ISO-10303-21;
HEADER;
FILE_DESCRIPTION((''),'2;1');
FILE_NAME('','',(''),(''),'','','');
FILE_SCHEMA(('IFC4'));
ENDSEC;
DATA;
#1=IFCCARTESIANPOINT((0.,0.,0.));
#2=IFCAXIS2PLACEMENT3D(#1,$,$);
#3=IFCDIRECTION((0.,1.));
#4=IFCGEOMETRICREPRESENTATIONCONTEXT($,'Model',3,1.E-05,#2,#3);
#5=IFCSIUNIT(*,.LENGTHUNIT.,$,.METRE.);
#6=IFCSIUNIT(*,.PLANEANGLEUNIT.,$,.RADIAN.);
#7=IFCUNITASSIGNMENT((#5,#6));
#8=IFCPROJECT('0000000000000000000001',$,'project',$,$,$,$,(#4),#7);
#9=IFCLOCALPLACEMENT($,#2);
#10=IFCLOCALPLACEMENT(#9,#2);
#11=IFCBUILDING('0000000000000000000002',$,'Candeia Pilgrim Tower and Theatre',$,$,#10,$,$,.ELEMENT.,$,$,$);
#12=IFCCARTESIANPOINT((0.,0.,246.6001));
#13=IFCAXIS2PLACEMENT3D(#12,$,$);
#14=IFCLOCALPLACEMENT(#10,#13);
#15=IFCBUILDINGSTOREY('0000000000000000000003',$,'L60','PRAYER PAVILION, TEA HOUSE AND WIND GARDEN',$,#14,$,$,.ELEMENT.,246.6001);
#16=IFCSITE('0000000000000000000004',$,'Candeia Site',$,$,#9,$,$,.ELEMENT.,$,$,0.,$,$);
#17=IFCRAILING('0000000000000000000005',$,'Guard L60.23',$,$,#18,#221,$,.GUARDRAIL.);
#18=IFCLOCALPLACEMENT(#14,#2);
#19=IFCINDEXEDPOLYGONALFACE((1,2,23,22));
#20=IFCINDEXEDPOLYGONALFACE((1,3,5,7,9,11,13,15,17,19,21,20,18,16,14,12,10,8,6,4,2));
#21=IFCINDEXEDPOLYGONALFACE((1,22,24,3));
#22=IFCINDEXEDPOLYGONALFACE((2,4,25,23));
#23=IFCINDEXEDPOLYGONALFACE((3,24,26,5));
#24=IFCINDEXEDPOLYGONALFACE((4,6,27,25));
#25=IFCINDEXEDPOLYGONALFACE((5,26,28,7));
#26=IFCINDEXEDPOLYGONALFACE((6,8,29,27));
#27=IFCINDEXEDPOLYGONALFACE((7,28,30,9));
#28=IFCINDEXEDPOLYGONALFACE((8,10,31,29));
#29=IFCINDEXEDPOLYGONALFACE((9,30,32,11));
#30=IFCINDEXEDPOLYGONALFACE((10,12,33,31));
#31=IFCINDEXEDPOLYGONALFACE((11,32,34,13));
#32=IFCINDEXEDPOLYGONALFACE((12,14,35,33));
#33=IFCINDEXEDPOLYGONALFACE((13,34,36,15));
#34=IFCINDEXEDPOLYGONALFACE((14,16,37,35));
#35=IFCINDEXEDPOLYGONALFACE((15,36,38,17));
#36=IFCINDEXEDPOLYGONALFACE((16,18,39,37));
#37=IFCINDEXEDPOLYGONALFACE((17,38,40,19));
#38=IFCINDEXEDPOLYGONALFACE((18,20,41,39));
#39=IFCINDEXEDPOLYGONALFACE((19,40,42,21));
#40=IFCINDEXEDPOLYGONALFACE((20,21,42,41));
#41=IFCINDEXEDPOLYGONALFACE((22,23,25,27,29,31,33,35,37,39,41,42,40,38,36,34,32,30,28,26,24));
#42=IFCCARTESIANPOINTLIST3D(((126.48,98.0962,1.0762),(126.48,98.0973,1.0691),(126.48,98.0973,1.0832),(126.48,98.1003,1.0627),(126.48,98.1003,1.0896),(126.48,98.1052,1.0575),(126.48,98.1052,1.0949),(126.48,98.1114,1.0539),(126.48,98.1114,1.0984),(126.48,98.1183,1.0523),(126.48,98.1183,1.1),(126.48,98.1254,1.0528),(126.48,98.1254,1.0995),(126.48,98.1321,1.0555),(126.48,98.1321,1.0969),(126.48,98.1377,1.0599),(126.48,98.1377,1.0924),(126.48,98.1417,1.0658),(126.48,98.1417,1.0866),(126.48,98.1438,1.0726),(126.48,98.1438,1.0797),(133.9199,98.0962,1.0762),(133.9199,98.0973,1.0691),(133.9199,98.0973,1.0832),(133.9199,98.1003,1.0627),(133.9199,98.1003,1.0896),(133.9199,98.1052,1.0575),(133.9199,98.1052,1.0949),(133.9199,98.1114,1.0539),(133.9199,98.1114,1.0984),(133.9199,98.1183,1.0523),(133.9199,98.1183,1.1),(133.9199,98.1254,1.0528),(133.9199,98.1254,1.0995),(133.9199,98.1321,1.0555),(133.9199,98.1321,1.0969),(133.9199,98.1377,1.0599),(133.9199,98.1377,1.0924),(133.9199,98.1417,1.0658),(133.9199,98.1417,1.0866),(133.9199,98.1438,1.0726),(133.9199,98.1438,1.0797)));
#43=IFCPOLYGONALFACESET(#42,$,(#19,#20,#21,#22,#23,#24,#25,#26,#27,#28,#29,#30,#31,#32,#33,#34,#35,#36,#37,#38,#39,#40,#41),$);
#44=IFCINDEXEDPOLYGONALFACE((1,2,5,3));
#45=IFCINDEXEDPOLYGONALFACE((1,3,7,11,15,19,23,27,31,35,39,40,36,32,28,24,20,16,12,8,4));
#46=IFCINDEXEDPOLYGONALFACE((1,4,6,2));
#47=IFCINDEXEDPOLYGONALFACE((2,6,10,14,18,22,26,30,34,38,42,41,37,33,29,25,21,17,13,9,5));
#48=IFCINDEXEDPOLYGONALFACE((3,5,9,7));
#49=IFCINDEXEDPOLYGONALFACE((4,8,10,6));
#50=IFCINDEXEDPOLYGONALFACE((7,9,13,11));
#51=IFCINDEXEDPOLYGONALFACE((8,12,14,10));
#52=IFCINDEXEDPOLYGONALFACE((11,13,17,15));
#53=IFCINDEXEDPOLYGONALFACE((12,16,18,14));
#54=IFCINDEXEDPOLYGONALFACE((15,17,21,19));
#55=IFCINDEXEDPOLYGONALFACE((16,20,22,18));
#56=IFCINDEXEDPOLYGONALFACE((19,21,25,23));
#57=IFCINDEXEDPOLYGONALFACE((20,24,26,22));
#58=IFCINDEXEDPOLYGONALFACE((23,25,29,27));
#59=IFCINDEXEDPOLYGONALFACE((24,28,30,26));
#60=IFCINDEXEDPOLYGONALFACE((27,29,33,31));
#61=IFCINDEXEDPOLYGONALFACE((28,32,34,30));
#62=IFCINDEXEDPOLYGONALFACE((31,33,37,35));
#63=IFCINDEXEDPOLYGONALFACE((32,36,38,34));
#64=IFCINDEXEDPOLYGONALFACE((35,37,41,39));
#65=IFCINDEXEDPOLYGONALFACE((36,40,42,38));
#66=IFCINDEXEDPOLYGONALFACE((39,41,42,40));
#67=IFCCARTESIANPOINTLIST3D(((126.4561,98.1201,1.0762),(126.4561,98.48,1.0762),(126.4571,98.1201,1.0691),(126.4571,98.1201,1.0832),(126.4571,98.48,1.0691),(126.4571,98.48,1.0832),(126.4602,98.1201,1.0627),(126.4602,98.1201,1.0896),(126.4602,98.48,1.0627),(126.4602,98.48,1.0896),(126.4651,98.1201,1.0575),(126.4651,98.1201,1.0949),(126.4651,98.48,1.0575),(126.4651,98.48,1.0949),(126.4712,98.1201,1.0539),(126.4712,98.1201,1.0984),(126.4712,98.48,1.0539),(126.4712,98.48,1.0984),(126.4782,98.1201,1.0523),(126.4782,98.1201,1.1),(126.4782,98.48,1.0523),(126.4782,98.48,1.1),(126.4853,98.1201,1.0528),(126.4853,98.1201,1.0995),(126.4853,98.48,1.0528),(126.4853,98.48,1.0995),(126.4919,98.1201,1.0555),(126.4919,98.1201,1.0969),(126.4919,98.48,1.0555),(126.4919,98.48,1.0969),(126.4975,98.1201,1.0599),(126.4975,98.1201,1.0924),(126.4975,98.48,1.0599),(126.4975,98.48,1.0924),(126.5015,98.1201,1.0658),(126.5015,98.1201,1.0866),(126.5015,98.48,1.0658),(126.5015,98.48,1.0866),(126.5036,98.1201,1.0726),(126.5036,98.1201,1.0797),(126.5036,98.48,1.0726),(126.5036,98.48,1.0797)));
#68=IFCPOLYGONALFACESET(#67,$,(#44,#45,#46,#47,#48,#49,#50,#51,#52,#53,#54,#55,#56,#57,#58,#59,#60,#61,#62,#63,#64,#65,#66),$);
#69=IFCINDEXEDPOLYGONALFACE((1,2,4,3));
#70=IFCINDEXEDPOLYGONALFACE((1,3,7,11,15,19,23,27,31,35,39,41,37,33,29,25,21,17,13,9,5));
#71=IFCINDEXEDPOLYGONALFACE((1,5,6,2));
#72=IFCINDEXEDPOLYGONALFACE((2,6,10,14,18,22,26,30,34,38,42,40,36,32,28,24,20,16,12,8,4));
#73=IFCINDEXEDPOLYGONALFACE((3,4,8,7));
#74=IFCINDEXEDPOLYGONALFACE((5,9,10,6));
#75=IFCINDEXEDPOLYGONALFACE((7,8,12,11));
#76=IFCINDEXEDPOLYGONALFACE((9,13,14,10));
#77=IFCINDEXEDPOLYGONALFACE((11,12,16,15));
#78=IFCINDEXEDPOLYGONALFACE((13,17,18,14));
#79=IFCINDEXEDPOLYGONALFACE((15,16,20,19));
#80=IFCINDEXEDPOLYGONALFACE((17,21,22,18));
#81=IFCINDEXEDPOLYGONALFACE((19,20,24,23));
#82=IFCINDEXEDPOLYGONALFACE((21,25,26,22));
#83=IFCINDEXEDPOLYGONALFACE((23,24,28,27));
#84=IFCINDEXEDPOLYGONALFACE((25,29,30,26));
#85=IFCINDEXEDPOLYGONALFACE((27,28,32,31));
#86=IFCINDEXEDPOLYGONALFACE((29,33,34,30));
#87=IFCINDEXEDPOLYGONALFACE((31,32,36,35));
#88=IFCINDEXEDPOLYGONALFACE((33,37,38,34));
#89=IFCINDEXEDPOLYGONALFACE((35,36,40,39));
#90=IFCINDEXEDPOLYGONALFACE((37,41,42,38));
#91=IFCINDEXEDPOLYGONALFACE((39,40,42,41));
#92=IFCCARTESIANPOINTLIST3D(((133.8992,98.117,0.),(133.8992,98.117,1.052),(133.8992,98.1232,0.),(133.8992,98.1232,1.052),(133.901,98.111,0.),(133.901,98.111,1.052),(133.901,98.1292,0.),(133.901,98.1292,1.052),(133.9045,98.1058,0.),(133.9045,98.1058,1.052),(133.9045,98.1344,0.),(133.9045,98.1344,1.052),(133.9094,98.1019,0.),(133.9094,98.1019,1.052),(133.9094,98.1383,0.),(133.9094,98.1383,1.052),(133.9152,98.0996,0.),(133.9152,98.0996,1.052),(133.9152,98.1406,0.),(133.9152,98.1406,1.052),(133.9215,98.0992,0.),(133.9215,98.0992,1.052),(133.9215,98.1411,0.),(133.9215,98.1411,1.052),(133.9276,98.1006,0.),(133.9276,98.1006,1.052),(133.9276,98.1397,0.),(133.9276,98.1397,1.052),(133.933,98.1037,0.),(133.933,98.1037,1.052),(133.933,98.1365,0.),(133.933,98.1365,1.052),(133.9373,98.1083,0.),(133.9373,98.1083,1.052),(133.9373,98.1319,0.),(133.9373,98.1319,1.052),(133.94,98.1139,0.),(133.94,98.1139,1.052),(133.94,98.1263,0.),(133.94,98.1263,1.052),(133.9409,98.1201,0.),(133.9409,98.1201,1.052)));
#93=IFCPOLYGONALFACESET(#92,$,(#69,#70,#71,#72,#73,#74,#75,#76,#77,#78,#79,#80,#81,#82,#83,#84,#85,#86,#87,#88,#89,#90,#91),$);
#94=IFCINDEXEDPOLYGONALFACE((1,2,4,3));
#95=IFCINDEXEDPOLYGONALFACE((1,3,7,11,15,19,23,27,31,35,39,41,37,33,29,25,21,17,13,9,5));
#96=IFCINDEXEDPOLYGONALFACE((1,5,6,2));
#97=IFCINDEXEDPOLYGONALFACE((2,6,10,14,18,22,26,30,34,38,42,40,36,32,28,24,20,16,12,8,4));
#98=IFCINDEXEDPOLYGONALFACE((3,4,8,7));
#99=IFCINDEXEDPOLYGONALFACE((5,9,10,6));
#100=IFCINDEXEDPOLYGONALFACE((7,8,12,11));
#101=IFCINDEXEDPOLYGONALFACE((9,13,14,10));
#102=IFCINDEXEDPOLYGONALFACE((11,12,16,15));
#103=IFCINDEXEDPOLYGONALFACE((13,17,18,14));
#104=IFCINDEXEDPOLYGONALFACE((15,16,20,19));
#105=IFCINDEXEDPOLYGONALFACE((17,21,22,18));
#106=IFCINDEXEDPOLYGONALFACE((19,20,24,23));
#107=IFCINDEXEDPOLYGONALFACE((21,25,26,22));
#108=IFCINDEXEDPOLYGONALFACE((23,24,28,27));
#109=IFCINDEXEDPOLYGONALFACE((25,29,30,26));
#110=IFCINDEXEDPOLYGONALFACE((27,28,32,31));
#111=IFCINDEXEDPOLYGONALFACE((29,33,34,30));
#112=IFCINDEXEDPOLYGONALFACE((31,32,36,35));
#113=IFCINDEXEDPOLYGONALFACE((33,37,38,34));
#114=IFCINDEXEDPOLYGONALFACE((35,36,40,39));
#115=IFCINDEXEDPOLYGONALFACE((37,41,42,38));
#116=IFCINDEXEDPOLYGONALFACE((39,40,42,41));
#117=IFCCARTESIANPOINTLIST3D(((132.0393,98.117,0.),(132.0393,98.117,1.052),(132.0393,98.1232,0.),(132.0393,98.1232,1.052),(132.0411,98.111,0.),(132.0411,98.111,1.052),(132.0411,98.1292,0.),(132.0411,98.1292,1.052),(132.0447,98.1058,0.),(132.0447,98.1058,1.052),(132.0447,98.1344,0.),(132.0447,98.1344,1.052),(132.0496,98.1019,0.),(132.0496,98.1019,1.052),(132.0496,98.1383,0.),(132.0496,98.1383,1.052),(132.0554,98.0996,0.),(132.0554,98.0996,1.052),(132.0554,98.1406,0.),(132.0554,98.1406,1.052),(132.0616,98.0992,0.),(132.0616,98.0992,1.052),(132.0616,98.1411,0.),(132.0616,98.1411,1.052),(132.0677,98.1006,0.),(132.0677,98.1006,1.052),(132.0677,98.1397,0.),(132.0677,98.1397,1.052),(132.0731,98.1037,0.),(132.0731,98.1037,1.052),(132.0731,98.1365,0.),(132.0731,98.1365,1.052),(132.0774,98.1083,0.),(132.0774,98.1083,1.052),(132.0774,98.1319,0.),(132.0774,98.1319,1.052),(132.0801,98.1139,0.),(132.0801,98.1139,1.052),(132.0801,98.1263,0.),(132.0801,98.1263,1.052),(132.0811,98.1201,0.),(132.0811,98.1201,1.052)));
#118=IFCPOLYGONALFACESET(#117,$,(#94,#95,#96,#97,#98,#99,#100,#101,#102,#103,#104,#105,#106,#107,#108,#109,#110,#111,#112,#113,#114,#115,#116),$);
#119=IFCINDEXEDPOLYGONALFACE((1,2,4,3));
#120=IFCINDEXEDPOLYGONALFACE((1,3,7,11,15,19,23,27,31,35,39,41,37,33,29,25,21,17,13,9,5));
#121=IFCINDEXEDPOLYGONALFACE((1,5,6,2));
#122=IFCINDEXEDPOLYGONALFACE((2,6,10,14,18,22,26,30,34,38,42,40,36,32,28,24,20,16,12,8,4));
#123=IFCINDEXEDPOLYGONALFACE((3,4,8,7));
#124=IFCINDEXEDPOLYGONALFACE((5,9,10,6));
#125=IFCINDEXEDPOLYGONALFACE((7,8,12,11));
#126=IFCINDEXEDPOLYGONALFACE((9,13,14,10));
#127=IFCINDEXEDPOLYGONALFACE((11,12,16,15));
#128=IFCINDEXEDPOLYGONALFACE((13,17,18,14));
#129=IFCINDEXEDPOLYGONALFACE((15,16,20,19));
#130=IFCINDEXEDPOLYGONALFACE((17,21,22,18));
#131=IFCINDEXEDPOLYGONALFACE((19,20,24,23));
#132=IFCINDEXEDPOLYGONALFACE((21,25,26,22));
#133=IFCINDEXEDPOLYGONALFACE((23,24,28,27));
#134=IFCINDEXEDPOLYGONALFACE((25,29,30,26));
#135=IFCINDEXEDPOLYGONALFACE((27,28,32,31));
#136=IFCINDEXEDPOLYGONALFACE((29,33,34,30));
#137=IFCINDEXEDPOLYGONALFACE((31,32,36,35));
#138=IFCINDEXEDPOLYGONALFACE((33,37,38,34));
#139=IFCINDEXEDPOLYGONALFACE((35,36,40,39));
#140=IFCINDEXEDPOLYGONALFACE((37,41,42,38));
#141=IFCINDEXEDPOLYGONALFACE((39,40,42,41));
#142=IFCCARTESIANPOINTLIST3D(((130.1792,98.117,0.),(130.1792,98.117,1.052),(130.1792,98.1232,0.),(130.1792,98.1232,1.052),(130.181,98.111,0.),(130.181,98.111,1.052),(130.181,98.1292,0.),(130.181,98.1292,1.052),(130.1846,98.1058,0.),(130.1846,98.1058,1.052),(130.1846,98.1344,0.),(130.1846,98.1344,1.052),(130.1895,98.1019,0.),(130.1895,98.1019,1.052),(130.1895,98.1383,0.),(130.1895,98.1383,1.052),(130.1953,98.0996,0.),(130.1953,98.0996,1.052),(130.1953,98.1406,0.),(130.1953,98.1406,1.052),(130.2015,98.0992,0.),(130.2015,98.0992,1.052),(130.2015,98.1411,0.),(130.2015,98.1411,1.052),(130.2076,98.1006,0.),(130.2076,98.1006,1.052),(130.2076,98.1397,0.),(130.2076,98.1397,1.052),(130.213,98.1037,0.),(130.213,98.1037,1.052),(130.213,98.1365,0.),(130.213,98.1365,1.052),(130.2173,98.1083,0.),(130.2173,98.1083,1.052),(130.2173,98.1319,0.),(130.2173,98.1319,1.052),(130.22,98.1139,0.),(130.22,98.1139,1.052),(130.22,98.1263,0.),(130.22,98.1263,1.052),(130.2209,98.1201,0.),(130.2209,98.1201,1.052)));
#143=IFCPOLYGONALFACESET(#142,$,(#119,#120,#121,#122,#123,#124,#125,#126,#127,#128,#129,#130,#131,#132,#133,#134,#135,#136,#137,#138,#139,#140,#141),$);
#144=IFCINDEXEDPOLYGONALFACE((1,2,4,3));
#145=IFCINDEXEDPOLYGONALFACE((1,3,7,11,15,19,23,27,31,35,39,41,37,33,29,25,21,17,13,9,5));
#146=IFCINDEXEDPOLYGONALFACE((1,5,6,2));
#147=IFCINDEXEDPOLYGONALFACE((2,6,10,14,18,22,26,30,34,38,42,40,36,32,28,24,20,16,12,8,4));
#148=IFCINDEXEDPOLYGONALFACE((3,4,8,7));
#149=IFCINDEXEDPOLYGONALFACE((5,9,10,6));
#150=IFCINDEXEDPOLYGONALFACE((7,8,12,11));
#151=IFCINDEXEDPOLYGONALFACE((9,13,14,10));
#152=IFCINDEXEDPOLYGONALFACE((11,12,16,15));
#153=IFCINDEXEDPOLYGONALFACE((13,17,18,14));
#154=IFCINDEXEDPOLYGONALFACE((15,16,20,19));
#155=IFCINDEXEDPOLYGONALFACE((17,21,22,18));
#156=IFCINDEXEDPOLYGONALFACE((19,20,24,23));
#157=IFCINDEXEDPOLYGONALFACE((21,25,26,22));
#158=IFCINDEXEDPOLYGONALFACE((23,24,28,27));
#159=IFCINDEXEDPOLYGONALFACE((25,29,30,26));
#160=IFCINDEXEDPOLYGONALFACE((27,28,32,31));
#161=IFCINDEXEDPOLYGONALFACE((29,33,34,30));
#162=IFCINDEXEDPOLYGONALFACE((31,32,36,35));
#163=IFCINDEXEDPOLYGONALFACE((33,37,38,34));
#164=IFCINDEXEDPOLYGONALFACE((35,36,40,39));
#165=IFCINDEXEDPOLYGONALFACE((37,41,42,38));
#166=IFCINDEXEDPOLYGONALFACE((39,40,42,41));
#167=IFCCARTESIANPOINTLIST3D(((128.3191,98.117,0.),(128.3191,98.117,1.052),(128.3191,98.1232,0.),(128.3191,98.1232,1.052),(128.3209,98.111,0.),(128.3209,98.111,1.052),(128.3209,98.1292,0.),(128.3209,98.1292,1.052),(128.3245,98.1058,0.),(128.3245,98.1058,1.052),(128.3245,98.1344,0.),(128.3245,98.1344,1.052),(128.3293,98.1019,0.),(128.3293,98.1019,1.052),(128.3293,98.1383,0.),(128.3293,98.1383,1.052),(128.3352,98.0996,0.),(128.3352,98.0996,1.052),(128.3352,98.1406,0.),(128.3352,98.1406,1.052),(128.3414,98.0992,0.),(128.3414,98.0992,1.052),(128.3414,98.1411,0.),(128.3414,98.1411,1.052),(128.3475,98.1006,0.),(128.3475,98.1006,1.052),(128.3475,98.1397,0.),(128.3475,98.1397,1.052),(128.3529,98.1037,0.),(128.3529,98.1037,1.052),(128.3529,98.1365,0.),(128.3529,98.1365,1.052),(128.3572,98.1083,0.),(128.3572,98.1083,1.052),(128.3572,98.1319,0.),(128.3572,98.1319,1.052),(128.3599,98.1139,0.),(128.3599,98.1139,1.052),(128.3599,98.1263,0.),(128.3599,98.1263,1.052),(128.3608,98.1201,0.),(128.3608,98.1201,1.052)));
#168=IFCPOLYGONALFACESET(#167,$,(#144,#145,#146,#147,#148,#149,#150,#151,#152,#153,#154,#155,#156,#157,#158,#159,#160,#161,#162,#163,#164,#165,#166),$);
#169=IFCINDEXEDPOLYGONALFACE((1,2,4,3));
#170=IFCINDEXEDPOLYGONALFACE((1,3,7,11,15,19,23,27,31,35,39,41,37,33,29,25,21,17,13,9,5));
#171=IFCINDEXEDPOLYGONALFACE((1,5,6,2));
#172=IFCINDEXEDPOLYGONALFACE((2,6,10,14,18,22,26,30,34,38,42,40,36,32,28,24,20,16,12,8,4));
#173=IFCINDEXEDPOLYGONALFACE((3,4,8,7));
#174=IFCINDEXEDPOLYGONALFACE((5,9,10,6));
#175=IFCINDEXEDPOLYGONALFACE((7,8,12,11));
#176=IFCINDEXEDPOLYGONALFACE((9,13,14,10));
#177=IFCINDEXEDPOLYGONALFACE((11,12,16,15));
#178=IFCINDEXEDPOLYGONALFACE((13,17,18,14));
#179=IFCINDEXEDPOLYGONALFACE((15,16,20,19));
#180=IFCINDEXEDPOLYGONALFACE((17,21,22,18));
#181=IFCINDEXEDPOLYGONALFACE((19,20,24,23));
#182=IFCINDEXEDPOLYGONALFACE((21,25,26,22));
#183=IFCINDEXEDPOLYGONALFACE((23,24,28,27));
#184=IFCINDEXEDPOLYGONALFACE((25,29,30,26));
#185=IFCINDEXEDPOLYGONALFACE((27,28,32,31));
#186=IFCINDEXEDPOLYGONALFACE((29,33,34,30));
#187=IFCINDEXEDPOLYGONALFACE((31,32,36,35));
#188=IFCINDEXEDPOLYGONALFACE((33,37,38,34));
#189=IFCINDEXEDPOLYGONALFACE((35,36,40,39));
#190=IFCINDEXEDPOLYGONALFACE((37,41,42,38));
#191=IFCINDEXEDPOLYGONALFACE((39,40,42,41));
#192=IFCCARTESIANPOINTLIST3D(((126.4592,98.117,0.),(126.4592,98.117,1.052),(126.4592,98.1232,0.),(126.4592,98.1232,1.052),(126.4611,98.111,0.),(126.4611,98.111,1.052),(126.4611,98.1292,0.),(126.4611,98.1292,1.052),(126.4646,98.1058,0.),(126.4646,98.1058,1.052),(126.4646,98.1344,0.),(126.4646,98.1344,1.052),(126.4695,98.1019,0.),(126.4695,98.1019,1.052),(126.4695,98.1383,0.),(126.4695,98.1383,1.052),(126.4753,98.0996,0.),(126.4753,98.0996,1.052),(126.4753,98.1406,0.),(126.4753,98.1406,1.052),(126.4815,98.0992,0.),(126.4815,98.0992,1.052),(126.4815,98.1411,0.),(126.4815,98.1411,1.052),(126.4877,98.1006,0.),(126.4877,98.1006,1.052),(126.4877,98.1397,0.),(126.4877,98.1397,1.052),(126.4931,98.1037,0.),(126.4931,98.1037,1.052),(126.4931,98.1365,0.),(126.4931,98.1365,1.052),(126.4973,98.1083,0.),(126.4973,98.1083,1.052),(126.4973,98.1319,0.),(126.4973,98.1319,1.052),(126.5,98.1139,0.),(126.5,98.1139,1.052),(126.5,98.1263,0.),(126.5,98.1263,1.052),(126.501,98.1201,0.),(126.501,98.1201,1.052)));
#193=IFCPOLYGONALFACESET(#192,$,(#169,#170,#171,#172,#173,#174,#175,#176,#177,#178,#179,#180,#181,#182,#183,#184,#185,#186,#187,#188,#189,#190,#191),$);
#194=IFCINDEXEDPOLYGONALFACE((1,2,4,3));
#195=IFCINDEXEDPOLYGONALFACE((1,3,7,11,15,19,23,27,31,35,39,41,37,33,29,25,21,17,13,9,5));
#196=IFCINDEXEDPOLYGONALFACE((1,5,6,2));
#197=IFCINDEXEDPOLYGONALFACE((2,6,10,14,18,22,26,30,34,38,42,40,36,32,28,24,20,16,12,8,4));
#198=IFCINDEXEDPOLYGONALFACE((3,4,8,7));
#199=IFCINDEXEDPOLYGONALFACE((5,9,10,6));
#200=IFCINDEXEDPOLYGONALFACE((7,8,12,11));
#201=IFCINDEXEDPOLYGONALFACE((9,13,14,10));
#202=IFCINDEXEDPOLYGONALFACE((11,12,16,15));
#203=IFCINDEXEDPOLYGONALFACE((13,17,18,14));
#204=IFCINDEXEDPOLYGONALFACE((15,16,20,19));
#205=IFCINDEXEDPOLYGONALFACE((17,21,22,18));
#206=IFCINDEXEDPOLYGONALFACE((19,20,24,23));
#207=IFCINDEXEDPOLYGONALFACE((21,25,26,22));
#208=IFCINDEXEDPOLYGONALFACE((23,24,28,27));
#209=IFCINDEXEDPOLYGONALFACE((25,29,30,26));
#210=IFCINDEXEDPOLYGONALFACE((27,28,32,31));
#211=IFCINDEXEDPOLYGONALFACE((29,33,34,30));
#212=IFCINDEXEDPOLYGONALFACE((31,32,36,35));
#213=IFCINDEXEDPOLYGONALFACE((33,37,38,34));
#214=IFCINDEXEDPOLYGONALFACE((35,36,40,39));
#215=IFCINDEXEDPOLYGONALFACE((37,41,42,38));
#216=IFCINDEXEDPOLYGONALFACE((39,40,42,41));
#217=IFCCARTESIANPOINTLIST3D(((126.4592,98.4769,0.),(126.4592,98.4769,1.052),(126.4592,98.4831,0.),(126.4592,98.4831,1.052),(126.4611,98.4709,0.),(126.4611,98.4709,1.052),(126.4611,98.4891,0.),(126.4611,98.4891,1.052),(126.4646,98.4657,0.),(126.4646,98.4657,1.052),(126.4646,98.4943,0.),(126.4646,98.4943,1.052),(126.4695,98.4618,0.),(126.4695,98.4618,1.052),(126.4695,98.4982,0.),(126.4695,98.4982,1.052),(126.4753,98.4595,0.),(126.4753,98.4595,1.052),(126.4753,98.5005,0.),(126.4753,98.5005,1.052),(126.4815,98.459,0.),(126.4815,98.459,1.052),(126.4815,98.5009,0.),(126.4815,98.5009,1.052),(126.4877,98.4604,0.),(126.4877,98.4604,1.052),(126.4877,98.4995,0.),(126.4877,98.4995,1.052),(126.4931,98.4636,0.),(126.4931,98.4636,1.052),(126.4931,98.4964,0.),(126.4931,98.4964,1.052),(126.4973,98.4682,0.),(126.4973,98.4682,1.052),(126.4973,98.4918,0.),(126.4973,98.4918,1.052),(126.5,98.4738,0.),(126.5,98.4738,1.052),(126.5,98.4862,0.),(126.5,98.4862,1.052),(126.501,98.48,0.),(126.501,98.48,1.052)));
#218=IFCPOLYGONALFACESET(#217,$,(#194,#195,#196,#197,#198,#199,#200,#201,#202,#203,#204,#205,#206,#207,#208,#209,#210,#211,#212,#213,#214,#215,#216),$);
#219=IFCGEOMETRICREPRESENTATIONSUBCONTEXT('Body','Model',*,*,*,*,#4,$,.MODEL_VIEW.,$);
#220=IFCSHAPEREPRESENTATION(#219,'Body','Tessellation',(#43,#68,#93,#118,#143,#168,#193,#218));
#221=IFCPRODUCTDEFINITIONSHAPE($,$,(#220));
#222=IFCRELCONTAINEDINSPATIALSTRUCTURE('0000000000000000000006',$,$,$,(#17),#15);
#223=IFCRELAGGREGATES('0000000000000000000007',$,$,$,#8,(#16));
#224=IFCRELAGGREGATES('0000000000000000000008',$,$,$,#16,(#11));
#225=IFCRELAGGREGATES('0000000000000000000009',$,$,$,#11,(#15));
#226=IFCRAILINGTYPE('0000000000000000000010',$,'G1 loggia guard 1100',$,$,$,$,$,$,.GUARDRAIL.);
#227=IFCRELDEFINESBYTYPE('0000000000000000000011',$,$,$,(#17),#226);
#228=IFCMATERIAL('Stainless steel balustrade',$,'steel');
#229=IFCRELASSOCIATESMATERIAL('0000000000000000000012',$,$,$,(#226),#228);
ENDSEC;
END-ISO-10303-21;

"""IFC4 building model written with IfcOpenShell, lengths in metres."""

from ifc_helpers import new_model, si_unit, direction, frame, origin, origin_2d, place, context, subcontext, project, spatial, circle, extrude, material, type_object, element, save


model = new_model("IFC4")

# Units and contexts
model_context = context("Model", 3, precision=1e-05, world=origin(), true_north=direction((0.0, 1.0)))
body_context = subcontext(model_context, "Body", "Model", "MODEL_VIEW")
ifc_project = project(units=[si_unit("LENGTHUNIT", "METRE"), si_unit("PLANEANGLEUNIT", "RADIAN")], contexts=[model_context])

# Site, building, storey
site_placement = place(None, origin())
site = spatial("IfcSite", under=ifc_project, at=site_placement, Name="Candeia Site", CompositionType="ELEMENT", RefElevation=0.0)
building_placement = place(site_placement, origin())
building = spatial("IfcBuilding", under=site, at=building_placement, Name="Candeia Pilgrim Tower and Theatre", CompositionType="ELEMENT")
storey_placement = place(building_placement, frame((0.0, 0.0, 246.6001)))
storey = spatial("IfcBuildingStorey", under=building, at=storey_placement, Name="L60", Description="PRAYER PAVILION, TEA HOUSE AND WIND GARDEN", CompositionType="ELEMENT", Elevation=246.6001)

# Railing
ifc_material_1 = material(Name="Stainless steel balustrade", Category="steel")
railing_type = type_object("IfcRailingType", Name="G1 loggia guard 1100", PredefinedType="GUARDRAIL", material=ifc_material_1)
railing_1_placement = place(storey_placement, frame((133.9199, 98.1201, 0.0)))
element("IfcRailing", 1, at=railing_1_placement, inside=storey, type_object=railing_type, Name="Guard L60.23", PredefinedType="GUARDRAIL", context=body_context, shape_type="SweptSolid", body=[
    extrude(circle(Radius=0.0239, at=origin_2d()), frame((0.0, 0.0, 1.0762), z_axis=(-1.0, 0.0, 0.0), x_axis=(0.0, -1.0, 0.0)), (0.0, 0.0, 1.0), 7.4399),
    extrude(circle(Radius=0.0239, at=origin_2d()), frame((-7.4399, 0.0, 1.0762), z_axis=(0.0, 1.0, 0.0), x_axis=(-1.0, 0.0, 0.0)), (0.0, 0.0, 1.0), 0.3599),
    extrude(circle(Radius=0.021, at=origin_2d()), origin(), (0.0, 0.0, 1.0), 1.052),
    extrude(circle(Radius=0.021, at=origin_2d()), frame((-1.8599, 0.0, 0.0)), (0.0, 0.0, 1.0), 1.052),
    extrude(circle(Radius=0.021, at=origin_2d()), frame((-3.72, 0.0, 0.0)), (0.0, 0.0, 1.0), 1.052),
    extrude(circle(Radius=0.021, at=origin_2d()), frame((-5.5801, 0.0, 0.0)), (0.0, 0.0, 1.0), 1.052),
    extrude(circle(Radius=0.021, at=origin_2d()), frame((-7.4399, 0.0, 0.0)), (0.0, 0.0, 1.0), 1.052),
    extrude(circle(Radius=0.021, at=origin_2d()), frame((-7.4399, 0.3599, 0.0)), (0.0, 0.0, 1.0), 1.052),
])

save(model, "model.ifc")
